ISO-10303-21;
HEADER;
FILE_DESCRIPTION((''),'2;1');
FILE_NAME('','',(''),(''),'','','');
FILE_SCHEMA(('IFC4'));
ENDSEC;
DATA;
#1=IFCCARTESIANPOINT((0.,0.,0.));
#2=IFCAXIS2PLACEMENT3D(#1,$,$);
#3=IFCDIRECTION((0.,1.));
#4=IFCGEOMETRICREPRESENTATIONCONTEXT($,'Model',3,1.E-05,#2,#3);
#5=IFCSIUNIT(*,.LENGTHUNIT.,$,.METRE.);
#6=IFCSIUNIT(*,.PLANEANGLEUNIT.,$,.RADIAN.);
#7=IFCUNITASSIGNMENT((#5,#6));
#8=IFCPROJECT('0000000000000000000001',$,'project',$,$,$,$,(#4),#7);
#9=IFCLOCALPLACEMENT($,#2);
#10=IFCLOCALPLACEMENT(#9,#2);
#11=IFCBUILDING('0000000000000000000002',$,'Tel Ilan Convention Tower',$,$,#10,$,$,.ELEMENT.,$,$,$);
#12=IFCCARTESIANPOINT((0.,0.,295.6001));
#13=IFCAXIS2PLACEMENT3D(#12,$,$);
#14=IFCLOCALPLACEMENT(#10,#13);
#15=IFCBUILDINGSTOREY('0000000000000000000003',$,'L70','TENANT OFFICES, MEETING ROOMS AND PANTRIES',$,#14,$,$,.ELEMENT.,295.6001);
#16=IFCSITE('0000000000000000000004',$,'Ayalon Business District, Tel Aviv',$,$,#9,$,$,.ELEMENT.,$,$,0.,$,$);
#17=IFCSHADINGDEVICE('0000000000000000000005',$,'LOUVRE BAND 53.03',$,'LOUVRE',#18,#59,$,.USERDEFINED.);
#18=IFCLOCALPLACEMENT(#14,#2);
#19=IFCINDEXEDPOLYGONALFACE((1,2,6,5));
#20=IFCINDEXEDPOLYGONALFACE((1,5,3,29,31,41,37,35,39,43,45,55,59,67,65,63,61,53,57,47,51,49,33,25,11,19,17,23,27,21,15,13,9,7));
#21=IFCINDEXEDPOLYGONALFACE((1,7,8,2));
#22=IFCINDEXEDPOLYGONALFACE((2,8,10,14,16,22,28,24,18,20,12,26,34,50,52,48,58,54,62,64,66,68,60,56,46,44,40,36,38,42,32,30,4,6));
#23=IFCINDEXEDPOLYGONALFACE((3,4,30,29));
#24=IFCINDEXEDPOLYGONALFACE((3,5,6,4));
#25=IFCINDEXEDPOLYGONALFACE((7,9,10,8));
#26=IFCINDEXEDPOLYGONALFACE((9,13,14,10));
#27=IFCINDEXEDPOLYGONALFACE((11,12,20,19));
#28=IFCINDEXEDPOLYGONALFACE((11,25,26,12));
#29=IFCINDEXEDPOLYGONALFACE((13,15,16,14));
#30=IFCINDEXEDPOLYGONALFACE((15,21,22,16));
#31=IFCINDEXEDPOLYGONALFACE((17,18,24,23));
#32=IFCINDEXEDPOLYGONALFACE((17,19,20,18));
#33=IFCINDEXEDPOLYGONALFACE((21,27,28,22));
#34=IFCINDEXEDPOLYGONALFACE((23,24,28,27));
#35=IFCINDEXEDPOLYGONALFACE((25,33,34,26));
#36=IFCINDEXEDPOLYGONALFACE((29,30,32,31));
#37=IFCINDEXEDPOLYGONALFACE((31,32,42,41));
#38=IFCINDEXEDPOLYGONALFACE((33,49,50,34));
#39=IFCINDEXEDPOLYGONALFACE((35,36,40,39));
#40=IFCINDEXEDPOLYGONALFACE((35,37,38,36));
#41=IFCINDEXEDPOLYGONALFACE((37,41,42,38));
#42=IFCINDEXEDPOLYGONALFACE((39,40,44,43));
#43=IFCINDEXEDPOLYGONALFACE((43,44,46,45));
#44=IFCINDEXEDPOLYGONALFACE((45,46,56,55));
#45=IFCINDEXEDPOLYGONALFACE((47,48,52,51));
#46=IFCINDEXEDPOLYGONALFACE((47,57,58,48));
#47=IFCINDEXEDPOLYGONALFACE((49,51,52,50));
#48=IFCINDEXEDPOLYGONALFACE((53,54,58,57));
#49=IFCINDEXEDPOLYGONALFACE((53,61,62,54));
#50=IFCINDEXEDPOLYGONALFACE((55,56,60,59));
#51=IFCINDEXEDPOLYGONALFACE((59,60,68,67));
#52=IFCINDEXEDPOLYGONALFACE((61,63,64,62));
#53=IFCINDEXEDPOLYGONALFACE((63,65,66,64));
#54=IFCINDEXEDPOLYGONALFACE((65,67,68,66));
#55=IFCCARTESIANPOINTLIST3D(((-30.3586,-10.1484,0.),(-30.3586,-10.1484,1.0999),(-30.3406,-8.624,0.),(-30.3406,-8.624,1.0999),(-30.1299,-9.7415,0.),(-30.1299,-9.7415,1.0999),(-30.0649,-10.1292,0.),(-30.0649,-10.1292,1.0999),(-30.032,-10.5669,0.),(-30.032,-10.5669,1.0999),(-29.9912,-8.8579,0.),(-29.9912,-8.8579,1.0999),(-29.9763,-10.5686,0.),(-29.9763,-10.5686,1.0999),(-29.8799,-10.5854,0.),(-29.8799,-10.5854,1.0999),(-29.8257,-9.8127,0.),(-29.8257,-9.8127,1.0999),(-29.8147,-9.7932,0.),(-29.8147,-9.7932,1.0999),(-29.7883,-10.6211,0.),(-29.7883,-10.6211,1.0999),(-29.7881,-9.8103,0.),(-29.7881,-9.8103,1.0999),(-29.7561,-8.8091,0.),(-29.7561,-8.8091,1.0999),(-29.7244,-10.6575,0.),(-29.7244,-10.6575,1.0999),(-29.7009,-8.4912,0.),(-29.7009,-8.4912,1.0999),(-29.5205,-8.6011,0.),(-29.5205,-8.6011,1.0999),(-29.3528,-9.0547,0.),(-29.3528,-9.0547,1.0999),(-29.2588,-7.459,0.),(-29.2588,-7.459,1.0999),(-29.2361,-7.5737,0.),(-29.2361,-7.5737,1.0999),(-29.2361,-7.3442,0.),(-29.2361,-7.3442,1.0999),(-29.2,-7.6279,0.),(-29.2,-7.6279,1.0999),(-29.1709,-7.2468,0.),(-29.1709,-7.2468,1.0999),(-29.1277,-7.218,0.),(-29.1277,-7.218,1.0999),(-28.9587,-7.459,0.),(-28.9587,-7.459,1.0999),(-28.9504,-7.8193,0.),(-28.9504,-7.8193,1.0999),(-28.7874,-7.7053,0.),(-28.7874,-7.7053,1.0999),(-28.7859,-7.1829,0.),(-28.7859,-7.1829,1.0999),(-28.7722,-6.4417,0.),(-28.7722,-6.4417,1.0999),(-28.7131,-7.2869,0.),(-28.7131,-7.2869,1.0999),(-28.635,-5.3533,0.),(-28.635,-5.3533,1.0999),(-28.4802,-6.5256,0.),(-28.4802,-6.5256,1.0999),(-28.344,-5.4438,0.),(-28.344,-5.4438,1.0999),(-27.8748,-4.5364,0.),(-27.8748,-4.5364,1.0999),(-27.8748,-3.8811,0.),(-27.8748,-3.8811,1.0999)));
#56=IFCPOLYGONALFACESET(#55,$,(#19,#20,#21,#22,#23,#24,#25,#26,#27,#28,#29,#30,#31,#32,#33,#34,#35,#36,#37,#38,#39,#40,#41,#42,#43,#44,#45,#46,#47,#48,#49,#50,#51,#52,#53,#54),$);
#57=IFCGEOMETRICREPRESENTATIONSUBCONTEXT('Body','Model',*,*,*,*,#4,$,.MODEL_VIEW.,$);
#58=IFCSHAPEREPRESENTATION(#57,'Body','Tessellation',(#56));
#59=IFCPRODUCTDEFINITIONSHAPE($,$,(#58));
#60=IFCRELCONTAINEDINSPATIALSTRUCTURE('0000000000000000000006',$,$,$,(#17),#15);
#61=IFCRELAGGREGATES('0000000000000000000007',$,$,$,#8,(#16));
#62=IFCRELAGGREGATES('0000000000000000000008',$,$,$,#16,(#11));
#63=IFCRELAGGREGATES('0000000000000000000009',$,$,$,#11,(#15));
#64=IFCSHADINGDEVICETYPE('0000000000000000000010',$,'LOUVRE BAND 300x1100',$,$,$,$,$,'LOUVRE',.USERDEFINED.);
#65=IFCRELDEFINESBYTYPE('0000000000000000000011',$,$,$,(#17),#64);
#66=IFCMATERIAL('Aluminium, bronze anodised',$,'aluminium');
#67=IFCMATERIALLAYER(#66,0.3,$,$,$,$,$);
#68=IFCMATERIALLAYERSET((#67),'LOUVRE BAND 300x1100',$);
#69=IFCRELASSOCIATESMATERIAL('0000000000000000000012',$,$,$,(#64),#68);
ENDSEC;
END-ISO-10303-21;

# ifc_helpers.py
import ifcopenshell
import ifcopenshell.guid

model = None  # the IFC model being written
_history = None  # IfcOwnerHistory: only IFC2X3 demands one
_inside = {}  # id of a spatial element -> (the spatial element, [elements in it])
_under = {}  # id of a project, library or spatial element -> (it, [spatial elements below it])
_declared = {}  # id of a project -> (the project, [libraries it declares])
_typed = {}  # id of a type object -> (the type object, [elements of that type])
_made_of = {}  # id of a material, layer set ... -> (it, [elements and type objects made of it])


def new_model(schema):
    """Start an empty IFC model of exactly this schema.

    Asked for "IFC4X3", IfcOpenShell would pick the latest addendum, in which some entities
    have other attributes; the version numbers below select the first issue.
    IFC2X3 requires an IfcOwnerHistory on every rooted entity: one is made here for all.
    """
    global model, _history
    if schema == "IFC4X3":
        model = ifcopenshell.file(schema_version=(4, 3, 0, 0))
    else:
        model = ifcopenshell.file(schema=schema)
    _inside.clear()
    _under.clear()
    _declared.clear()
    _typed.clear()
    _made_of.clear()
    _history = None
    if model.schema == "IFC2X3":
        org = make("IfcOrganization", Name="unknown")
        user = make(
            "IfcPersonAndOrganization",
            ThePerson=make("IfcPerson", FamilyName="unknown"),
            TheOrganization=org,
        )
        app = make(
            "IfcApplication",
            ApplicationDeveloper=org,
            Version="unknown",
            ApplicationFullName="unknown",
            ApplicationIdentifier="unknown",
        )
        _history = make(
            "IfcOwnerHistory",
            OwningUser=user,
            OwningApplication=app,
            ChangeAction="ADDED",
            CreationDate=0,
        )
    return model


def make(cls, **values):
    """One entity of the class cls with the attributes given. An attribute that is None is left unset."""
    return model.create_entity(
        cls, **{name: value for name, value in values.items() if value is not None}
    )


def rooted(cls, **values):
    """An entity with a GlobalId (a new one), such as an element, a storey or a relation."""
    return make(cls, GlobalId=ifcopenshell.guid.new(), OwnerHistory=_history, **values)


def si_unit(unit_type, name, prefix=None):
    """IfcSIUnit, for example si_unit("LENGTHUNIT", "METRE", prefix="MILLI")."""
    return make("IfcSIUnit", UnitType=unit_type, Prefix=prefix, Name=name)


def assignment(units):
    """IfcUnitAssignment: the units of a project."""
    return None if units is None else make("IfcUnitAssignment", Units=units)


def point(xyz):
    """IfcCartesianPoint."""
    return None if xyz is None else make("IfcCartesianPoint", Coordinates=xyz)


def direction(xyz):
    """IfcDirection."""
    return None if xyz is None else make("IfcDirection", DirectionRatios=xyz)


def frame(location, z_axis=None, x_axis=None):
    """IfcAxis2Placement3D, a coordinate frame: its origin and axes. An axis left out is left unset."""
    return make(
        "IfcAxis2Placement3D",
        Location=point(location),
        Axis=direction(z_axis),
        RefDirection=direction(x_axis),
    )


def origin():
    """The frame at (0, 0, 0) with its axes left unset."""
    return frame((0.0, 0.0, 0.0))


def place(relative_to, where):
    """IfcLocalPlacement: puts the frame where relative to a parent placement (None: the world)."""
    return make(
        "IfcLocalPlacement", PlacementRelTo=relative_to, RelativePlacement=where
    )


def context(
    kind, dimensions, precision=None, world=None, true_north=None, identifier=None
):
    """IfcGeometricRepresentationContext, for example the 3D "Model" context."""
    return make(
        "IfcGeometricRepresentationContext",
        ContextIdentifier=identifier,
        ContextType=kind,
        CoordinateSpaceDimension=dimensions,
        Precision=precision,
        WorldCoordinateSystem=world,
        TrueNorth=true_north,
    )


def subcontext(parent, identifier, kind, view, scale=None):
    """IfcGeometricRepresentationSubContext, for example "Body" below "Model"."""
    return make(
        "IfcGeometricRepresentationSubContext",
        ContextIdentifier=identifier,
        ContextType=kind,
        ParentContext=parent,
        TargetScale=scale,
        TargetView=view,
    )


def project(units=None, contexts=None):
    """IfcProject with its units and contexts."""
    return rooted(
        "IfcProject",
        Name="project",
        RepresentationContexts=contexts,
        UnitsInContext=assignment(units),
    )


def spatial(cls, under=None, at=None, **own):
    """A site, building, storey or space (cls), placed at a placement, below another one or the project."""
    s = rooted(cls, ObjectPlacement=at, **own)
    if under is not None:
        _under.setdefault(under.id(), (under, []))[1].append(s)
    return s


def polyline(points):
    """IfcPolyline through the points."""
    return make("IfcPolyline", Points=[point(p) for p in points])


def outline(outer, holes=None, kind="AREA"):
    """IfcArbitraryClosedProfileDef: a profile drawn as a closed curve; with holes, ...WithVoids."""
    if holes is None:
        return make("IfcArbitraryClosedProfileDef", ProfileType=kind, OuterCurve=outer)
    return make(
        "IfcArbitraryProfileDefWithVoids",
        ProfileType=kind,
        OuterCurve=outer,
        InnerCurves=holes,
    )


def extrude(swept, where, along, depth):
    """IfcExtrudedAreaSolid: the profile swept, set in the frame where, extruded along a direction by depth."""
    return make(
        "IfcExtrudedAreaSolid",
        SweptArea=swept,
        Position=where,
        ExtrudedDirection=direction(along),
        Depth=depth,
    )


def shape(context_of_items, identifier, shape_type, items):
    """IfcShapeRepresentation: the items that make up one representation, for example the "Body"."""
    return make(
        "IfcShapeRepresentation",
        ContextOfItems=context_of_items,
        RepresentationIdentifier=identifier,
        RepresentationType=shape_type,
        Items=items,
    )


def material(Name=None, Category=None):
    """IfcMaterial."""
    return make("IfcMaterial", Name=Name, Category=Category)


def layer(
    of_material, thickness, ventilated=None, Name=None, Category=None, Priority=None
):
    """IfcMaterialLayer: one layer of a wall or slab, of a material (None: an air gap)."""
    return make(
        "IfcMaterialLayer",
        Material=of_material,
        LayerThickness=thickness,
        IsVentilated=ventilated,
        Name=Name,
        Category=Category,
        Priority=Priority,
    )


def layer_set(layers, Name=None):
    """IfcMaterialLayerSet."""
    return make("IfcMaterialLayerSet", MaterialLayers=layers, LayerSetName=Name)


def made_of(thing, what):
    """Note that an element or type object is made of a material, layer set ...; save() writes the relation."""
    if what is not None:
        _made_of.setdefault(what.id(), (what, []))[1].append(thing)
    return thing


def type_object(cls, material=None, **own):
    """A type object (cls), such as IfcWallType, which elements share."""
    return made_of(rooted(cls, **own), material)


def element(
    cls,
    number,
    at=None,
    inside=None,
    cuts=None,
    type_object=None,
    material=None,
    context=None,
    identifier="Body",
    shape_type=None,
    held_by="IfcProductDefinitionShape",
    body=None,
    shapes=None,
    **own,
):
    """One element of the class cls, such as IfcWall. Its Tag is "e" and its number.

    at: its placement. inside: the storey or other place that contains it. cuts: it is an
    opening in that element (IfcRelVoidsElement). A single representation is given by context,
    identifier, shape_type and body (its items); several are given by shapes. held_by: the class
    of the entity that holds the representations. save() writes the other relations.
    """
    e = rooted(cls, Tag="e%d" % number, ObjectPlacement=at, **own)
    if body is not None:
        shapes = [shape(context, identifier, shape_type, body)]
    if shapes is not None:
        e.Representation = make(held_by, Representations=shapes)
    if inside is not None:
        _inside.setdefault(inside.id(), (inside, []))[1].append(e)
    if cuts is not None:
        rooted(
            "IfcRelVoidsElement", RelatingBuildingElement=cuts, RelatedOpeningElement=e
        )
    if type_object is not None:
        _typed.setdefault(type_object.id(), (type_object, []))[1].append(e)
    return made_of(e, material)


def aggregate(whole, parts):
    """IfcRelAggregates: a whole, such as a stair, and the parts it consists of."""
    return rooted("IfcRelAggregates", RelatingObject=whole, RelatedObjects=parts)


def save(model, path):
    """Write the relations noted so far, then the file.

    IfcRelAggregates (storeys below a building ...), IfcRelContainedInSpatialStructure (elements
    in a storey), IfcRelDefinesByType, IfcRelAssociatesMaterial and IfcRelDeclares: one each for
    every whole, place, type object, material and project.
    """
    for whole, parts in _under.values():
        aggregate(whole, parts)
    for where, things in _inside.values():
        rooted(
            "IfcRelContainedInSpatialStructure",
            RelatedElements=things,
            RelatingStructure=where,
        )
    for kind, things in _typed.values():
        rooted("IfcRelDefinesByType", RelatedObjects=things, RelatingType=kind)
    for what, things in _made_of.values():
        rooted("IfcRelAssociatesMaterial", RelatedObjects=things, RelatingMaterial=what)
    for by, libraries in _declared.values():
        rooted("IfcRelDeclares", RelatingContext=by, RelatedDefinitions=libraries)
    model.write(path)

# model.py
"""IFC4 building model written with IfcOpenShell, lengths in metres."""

from ifc_helpers import new_model, si_unit, direction, frame, origin, place, context, subcontext, project, spatial, polyline, outline, extrude, material, layer, layer_set, type_object, element, save


model = new_model("IFC4")

# Units and contexts
model_context = context("Model", 3, precision=1e-05, world=origin(), true_north=direction((0.0, 1.0)))
body_context = subcontext(model_context, "Body", "Model", "MODEL_VIEW")
ifc_project = project(units=[si_unit("LENGTHUNIT", "METRE"), si_unit("PLANEANGLEUNIT", "RADIAN")], contexts=[model_context])

# Site, building, storey
site_placement = place(None, origin())
site = spatial("IfcSite", under=ifc_project, at=site_placement, Name="Ayalon Business District, Tel Aviv", CompositionType="ELEMENT", RefElevation=0.0)
building_placement = place(site_placement, origin())
building = spatial("IfcBuilding", under=site, at=building_placement, Name="Tel Ilan Convention Tower", CompositionType="ELEMENT")
storey_placement = place(building_placement, frame((0.0, 0.0, 295.6001)))
storey = spatial("IfcBuildingStorey", under=building, at=storey_placement, Name="L70", Description="TENANT OFFICES, MEETING ROOMS AND PANTRIES", CompositionType="ELEMENT", Elevation=295.6001)

# Shading device
ifc_material_1 = material(Name="Aluminium, bronze anodised", Category="aluminium")
ifc_layer_1 = layer(ifc_material_1, 0.3)
ifc_layer_set_1 = layer_set([ifc_layer_1], Name="LOUVRE BAND 300x1100")
shading_device_type_1 = type_object("IfcShadingDeviceType", Name="LOUVRE BAND 300x1100", ElementType="LOUVRE", PredefinedType="USERDEFINED", material=ifc_layer_set_1)
shading_device_placement = place(storey_placement, origin())
element("IfcShadingDevice", 1, at=shading_device_placement, inside=storey, type_object=shading_device_type_1, Name="LOUVRE BAND 53.03", ObjectType="LOUVRE", PredefinedType="USERDEFINED", context=body_context, shape_type="SweptSolid", body=[
    extrude(outline(polyline([(-30.032, -10.5669), (-29.9763, -10.5686), (-29.8799, -10.5854), (-29.7883, -10.6211), (-29.7244, -10.6575), (-29.7881, -9.8103), (-29.8257, -9.8127), (-29.8147, -9.7932), (-29.9912, -8.8579), (-29.7561, -8.8091), (-29.3528, -9.0547), (-28.9504, -7.8193), (-28.7874, -7.7053), (-28.9587, -7.459), (-28.7131, -7.2869), (-28.7859, -7.1829), (-28.4802, -6.5256), (-28.344, -5.4438), (-27.8748, -4.5364), (-27.8748, -3.8811), (-28.635, -5.3533), (-28.7722, -6.4417), (-29.1277, -7.218), (-29.1709, -7.2468), (-29.2361, -7.3442), (-29.2588, -7.459), (-29.2361, -7.5737), (-29.2, -7.6279), (-29.5205, -8.6011), (-29.7009, -8.4912), (-30.3406, -8.624), (-30.1299, -9.7415), (-30.3586, -10.1484), (-30.0649, -10.1292), (-30.032, -10.5669)])), origin(), (0.0, 0.0, 1.0), 1.0999),
])

save(model, "model.ifc")
